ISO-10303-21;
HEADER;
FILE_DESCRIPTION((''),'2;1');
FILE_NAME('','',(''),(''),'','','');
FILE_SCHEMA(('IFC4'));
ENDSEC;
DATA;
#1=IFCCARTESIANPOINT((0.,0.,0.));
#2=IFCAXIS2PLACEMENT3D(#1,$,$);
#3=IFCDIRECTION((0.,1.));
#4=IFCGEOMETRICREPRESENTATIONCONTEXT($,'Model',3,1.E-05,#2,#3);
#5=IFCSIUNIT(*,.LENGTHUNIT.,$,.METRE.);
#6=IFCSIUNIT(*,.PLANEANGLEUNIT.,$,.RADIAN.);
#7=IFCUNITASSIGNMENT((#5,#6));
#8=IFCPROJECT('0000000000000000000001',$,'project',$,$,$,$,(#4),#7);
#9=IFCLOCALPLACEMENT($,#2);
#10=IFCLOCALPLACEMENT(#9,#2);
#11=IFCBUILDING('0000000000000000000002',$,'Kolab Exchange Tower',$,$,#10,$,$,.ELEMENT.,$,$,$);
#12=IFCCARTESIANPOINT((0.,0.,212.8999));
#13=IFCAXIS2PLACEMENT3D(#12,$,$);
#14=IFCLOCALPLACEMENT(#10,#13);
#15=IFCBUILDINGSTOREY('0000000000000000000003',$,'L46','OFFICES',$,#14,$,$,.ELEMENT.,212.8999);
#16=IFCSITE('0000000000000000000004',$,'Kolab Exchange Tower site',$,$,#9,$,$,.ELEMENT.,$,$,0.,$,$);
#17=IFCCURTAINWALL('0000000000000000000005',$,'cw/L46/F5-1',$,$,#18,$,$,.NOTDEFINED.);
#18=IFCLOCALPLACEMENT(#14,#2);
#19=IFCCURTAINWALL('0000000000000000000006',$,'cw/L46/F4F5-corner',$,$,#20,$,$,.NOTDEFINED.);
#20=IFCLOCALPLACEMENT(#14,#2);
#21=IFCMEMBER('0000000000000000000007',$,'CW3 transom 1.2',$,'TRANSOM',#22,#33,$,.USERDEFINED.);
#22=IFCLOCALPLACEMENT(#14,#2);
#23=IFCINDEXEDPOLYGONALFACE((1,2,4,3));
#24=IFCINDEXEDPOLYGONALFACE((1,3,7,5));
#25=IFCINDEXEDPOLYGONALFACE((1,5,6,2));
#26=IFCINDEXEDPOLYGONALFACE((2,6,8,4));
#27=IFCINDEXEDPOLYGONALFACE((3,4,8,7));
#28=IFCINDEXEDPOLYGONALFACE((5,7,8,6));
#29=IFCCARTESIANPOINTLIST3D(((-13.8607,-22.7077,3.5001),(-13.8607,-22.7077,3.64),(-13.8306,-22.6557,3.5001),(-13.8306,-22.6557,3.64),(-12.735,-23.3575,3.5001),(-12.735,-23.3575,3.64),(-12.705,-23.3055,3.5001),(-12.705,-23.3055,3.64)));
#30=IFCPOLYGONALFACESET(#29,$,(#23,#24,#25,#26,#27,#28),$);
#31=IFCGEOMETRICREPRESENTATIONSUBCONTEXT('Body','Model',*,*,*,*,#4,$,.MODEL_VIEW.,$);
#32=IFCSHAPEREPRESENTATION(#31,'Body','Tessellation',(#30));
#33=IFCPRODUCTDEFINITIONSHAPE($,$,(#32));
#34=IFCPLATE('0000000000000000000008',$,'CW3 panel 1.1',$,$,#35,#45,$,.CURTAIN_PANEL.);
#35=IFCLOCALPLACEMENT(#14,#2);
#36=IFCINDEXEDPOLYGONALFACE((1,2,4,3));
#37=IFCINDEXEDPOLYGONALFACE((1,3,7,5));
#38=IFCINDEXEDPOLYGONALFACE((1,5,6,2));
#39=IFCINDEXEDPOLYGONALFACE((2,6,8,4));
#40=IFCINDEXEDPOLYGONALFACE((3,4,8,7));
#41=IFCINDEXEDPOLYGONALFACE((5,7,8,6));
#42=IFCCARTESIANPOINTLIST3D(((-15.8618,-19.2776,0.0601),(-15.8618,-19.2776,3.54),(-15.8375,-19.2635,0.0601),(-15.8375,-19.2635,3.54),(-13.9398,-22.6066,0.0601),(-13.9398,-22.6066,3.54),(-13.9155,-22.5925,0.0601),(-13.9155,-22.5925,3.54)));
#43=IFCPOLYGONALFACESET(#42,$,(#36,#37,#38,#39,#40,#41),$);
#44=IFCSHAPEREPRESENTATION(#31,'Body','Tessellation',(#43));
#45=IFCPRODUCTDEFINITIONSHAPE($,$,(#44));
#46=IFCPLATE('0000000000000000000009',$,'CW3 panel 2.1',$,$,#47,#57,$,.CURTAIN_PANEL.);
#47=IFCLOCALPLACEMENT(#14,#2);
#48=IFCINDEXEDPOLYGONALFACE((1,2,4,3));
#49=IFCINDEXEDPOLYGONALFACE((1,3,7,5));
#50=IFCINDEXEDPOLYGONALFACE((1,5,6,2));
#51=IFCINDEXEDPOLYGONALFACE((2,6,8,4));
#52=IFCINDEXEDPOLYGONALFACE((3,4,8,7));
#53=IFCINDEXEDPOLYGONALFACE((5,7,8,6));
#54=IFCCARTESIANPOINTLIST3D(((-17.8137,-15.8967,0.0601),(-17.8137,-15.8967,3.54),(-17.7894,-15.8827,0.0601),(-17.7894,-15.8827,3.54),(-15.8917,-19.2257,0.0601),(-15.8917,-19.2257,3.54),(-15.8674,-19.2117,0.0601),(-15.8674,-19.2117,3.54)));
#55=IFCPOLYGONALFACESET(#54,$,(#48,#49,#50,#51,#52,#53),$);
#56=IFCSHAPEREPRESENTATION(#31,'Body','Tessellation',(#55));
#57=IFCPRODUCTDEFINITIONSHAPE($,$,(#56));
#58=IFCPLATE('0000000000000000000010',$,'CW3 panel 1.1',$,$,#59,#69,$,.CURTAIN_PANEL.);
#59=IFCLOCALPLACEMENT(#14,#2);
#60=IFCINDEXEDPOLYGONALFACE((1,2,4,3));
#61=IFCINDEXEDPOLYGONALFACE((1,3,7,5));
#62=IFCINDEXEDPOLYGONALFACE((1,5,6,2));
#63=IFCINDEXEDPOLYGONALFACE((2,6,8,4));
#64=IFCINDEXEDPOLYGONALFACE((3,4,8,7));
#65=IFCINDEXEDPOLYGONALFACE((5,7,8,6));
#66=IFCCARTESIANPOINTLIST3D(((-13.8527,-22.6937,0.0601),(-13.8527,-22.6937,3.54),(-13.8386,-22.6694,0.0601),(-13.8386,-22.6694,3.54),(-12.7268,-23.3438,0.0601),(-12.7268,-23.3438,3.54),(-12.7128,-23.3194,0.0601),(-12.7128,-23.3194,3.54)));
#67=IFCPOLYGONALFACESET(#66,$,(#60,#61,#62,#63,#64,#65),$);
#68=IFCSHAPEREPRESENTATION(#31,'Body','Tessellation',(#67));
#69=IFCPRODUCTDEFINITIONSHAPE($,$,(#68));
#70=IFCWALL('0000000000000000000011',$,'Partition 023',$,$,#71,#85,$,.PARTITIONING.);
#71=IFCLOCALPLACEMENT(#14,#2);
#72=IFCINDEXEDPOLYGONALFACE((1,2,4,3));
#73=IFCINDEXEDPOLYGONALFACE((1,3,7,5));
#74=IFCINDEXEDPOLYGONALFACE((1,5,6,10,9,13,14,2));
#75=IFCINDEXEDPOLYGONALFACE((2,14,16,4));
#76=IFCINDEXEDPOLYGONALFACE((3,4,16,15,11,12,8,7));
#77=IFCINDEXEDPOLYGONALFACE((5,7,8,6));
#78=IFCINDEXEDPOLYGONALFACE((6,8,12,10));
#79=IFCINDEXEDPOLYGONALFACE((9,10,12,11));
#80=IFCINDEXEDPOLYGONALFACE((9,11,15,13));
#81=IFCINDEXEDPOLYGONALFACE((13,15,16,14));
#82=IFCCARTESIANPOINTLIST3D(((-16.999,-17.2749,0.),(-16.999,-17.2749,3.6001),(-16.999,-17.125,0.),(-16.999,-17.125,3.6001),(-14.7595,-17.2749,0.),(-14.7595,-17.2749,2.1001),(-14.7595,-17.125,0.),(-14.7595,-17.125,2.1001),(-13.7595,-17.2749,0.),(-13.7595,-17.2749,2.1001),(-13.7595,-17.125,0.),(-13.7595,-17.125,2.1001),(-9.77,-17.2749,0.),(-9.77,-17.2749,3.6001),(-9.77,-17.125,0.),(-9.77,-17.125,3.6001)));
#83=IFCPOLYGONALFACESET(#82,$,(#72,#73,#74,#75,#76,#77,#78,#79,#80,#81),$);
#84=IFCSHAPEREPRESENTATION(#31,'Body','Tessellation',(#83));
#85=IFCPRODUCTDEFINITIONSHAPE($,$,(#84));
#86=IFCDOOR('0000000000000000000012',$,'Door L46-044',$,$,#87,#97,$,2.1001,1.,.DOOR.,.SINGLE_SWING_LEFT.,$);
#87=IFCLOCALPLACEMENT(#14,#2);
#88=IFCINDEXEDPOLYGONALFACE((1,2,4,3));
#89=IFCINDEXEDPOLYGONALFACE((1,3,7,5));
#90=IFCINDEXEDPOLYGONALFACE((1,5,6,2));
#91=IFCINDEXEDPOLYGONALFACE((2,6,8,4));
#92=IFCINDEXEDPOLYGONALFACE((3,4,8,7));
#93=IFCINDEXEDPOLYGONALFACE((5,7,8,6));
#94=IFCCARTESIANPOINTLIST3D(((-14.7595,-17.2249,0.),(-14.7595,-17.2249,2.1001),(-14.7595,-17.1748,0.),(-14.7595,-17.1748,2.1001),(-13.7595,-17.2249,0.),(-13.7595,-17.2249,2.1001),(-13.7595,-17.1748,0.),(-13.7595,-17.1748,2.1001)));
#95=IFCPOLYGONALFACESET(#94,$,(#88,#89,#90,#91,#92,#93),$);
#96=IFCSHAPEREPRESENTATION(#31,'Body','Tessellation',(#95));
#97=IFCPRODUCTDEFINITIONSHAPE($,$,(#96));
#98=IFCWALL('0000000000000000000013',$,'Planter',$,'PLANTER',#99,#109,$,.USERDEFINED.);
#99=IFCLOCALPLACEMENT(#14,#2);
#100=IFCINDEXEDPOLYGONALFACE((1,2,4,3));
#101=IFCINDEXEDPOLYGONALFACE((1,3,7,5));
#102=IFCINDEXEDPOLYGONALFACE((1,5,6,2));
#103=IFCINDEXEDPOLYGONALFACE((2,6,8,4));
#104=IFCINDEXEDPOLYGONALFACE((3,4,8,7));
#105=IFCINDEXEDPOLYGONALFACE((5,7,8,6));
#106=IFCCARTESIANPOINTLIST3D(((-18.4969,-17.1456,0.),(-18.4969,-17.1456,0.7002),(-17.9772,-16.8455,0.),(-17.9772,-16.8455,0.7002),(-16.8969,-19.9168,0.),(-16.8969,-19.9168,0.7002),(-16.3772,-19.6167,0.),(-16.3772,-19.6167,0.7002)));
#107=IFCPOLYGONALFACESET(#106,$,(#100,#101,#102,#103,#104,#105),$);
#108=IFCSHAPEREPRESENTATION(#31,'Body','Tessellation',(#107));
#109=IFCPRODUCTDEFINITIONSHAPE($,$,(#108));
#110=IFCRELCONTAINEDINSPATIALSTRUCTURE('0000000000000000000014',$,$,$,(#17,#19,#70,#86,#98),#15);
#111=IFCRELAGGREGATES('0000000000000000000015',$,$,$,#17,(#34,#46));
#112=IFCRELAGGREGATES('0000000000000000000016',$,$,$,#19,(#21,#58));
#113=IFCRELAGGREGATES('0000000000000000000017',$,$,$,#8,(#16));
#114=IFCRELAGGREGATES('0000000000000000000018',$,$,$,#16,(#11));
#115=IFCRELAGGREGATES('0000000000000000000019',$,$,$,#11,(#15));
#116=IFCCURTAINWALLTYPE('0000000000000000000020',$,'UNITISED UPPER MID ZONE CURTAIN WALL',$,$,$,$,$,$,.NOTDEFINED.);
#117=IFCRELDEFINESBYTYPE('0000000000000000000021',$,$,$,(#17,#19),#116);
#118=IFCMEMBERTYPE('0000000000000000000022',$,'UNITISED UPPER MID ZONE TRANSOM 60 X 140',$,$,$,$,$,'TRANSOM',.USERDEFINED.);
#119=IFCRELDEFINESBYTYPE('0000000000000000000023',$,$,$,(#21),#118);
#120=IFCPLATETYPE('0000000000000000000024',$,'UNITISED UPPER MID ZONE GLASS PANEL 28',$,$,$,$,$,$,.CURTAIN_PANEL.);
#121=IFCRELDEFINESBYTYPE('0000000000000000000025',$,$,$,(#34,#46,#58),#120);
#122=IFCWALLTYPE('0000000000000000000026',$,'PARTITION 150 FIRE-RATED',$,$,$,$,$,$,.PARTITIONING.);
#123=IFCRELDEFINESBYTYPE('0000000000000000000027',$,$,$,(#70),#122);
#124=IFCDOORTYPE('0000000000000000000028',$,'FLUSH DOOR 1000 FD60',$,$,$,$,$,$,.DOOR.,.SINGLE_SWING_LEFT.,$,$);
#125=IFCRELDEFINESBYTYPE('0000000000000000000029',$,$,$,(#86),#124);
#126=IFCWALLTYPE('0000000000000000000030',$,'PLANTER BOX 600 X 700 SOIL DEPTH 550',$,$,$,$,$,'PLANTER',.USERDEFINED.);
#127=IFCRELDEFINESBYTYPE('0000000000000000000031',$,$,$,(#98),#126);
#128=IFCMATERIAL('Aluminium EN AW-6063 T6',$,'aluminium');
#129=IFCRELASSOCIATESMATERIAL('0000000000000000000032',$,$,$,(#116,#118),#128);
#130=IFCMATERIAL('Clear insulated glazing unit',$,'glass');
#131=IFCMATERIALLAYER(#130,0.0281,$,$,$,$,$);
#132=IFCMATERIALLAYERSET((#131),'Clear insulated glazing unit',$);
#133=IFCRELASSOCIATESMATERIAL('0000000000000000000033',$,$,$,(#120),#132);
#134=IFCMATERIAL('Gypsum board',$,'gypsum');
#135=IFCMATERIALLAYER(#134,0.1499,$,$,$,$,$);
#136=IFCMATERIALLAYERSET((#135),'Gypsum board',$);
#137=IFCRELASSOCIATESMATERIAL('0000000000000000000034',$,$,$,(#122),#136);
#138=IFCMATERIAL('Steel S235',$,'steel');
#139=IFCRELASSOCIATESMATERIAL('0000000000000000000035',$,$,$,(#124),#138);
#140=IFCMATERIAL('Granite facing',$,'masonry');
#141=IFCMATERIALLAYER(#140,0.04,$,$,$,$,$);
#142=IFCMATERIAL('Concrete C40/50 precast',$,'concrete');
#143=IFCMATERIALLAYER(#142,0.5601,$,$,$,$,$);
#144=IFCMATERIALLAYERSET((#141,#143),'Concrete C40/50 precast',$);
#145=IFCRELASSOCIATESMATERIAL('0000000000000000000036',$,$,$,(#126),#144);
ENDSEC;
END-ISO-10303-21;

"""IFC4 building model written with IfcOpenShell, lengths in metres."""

from ifc_helpers import new_model, si_unit, direction, frame, frame_2d, origin, origin_2d, place, context, subcontext, project, spatial, rectangle, extrude, material, layer, layer_set, material_profile, profile_set, type_object, element, fill, aggregate, save


model = new_model("IFC4")

# Units and contexts
model_context = context("Model", 3, precision=1e-05, world=origin(), true_north=direction((0.0, 1.0)))
body_context = subcontext(model_context, "Body", "Model", "MODEL_VIEW")
ifc_project = project(units=[si_unit("LENGTHUNIT", "METRE"), si_unit("PLANEANGLEUNIT", "RADIAN")], contexts=[model_context])

# Site, building, storey
site_placement = place(None, origin())
site = spatial("IfcSite", under=ifc_project, at=site_placement, Name="Kolab Exchange Tower site", CompositionType="ELEMENT", RefElevation=0.0)
building_placement = place(site_placement, origin())
building = spatial("IfcBuilding", under=site, at=building_placement, Name="Kolab Exchange Tower", CompositionType="ELEMENT")
storey_placement = place(building_placement, frame((0.0, 0.0, 212.8999)))
storey = spatial("IfcBuildingStorey", under=building, at=storey_placement, Name="L46", Description="OFFICES", CompositionType="ELEMENT", Elevation=212.8999)

# Curtain wall
ifc_material_1 = material(Name="Aluminium EN AW-6063 T6", Category="aluminium")
curtain_wall_type = type_object("IfcCurtainWallType", Name="UNITISED UPPER MID ZONE CURTAIN WALL", PredefinedType="NOTDEFINED", material=ifc_material_1)
curtain_wall_1_placement = place(storey_placement, origin())
curtain_wall_1 = element("IfcCurtainWall", 1, at=curtain_wall_1_placement, inside=storey, type_object=curtain_wall_type, Name="cw/L46/F5-1", PredefinedType="NOTDEFINED")

# Curtain wall
curtain_wall_2_placement = place(storey_placement, origin())
curtain_wall_2 = element("IfcCurtainWall", 2, at=curtain_wall_2_placement, inside=storey, type_object=curtain_wall_type, Name="cw/L46/F4F5-corner", PredefinedType="NOTDEFINED")

# Member
ifc_material_profile_1 = material_profile(ifc_material_1, rectangle(XDim=0.0601, YDim=0.1399, at=origin_2d()), Name="RECT 60X140")
ifc_profile_set_1 = profile_set([ifc_material_profile_1], Name="Aluminium EN AW-6063 T6")
member_type_1 = type_object("IfcMemberType", Name="UNITISED UPPER MID ZONE TRANSOM 60 X 140", ElementType="TRANSOM", PredefinedType="USERDEFINED", material=ifc_profile_set_1)
member_1_placement = place(storey_placement, frame((-12.72, -23.3315, 3.5701), z_axis=(-0.866039, 0.499977, 0.0), x_axis=(-0.499977, -0.866039, 0.0)))
member_1 = element("IfcMember", 3, at=member_1_placement, type_object=member_type_1, Name="CW3 transom 1.2", ObjectType="TRANSOM", PredefinedType="USERDEFINED", context=body_context, shape_type="SweptSolid", body=[
    extrude(rectangle(XDim=0.0601, YDim=0.1399, at=origin_2d()), origin(), (0.0, 0.0, 1.0), 1.2998),
])

# Plates
ifc_material_2 = material(Name="Clear insulated glazing unit", Category="glass")
ifc_layer_1 = layer(ifc_material_2, 0.0281)
ifc_layer_set_1 = layer_set([ifc_layer_1], Name="Clear insulated glazing unit")
plate_type = type_object("IfcPlateType", Name="UNITISED UPPER MID ZONE GLASS PANEL 28", PredefinedType="CURTAIN_PANEL", material=ifc_layer_set_1)
plate_1_placement = place(storey_placement, frame((-14.8887, -20.9351, 0.0601), z_axis=(0.0, 0.0, 1.0), x_axis=(-0.5, 0.866025, 0.0)))
plate_1 = element("IfcPlate", 4, at=plate_1_placement, type_object=plate_type, Name="CW3 panel 1.1", PredefinedType="CURTAIN_PANEL", context=body_context, shape_type="SweptSolid", body=[
    extrude(rectangle(XDim=3.844, YDim=0.0281, at=origin_2d()), origin(), (0.0, 0.0, 1.0), 3.48),
])
plate_2_placement = place(storey_placement, frame((-16.8406, -17.5542, 0.0601), z_axis=(0.0, 0.0, 1.0), x_axis=(-0.5, 0.866025, 0.0)))
plate_2 = element("IfcPlate", 5, at=plate_2_placement, type_object=plate_type, Name="CW3 panel 2.1", PredefinedType="CURTAIN_PANEL", context=body_context, shape_type="SweptSolid", body=[
    extrude(rectangle(XDim=3.844, YDim=0.0281, at=origin_2d()), origin(), (0.0, 0.0, 1.0), 3.48),
])
aggregate(curtain_wall_1, [plate_1, plate_2])
plate_3_placement = place(storey_placement, frame((-13.2827, -23.0066, 0.0601), z_axis=(0.0, 0.0, 1.0), x_axis=(-0.866025, 0.5, 0.0)))
plate_3 = element("IfcPlate", 6, at=plate_3_placement, type_object=plate_type, Name="CW3 panel 1.1", PredefinedType="CURTAIN_PANEL", context=body_context, shape_type="SweptSolid", body=[
    extrude(rectangle(XDim=1.3, YDim=0.0281, at=origin_2d()), origin(), (0.0, 0.0, 1.0), 3.48),
])
aggregate(curtain_wall_2, [member_1, plate_3])

# Wall, opening, door
ifc_material_3 = material(Name="Gypsum board", Category="gypsum")
ifc_layer_2 = layer(ifc_material_3, 0.1499)
ifc_layer_set_2 = layer_set([ifc_layer_2], Name="Gypsum board")
wall_type_1 = type_object("IfcWallType", Name="PARTITION 150 FIRE-RATED", PredefinedType="PARTITIONING", material=ifc_layer_set_2)
wall_1_placement = place(storey_placement, frame((-16.999, -17.2, 0.0), z_axis=(0.0, 0.0, 1.0), x_axis=(1.0, 0.0, 0.0)))
wall_1 = element("IfcWall", 7, at=wall_1_placement, inside=storey, type_object=wall_type_1, Name="Partition 023", PredefinedType="PARTITIONING", context=body_context, shape_type="SweptSolid", body=[
    extrude(rectangle(XDim=7.229, YDim=0.1499, at=frame_2d((3.6145, 0.0))), origin(), (0.0, 0.0, 1.0), 3.6001),
])
opening_1_placement = place(wall_1_placement, frame((2.2395, 0.0, 0.0)))
opening_1 = element("IfcOpeningElement", 8, at=opening_1_placement, cuts=wall_1, PredefinedType="OPENING", context=body_context, shape_type="SweptSolid", body=[
    extrude(rectangle(XDim=1.0, YDim=2.1001, at=frame_2d((0.5, 1.05))), frame((0.0, 0.085, 0.0), z_axis=(0.0, -1.0, 0.0), x_axis=(1.0, 0.0, 0.0)), (0.0, 0.0, 1.0), 0.1699),
])
ifc_material_4 = material(Name="Steel S235", Category="steel")
door_type_1 = type_object("IfcDoorType", Name="FLUSH DOOR 1000 FD60", OperationType="SINGLE_SWING_LEFT", PredefinedType="DOOR", material=ifc_material_4)
door_1_placement = place(opening_1_placement, frame((1.0, 0.0, 0.0), z_axis=(0.0, 0.0, 1.0), x_axis=(-1.0, 0.0, 0.0)))
door_1 = element("IfcDoor", 9, at=door_1_placement, inside=storey, type_object=door_type_1, Name="Door L46-044", OperationType="SINGLE_SWING_LEFT", OverallHeight=2.1001, OverallWidth=1.0, PredefinedType="DOOR", context=body_context, shape_type="SweptSolid", body=[
    extrude(rectangle(XDim=1.0, YDim=2.1001, at=frame_2d((0.5, 1.05))), frame((0.0, 0.0249, 0.0), z_axis=(0.0, -1.0, 0.0), x_axis=(1.0, 0.0, 0.0)), (0.0, 0.0, 1.0), 0.05),
])
fill(opening_1, door_1)

# Wall
ifc_material_5 = material(Name="Granite facing", Category="masonry")
ifc_layer_3 = layer(ifc_material_5, 0.04)
ifc_material_6 = material(Name="Concrete C40/50 precast", Category="concrete")
ifc_layer_4 = layer(ifc_material_6, 0.5601)
ifc_layer_set_3 = layer_set([ifc_layer_3, ifc_layer_4], Name="Concrete C40/50 precast")
wall_type_2 = type_object("IfcWallType", Name="PLANTER BOX 600 X 700 SOIL DEPTH 550", ElementType="PLANTER", PredefinedType="USERDEFINED", material=ifc_layer_set_3)
wall_2_placement = place(storey_placement, frame((-16.637, -19.7668, 0.0), z_axis=(0.0, 0.0, 1.0), x_axis=(-0.500028, 0.866009, 0.0)))
element("IfcWall", 10, at=wall_2_placement, inside=storey, type_object=wall_type_2, Name="Planter", ObjectType="PLANTER", PredefinedType="USERDEFINED", context=body_context, shape_type="SweptSolid", body=[
    extrude(rectangle(XDim=3.2, YDim=0.6001, at=frame_2d((1.6001, 0.0))), origin(), (0.0, 0.0, 1.0), 0.7002),
])

save(model, "model.ifc")
